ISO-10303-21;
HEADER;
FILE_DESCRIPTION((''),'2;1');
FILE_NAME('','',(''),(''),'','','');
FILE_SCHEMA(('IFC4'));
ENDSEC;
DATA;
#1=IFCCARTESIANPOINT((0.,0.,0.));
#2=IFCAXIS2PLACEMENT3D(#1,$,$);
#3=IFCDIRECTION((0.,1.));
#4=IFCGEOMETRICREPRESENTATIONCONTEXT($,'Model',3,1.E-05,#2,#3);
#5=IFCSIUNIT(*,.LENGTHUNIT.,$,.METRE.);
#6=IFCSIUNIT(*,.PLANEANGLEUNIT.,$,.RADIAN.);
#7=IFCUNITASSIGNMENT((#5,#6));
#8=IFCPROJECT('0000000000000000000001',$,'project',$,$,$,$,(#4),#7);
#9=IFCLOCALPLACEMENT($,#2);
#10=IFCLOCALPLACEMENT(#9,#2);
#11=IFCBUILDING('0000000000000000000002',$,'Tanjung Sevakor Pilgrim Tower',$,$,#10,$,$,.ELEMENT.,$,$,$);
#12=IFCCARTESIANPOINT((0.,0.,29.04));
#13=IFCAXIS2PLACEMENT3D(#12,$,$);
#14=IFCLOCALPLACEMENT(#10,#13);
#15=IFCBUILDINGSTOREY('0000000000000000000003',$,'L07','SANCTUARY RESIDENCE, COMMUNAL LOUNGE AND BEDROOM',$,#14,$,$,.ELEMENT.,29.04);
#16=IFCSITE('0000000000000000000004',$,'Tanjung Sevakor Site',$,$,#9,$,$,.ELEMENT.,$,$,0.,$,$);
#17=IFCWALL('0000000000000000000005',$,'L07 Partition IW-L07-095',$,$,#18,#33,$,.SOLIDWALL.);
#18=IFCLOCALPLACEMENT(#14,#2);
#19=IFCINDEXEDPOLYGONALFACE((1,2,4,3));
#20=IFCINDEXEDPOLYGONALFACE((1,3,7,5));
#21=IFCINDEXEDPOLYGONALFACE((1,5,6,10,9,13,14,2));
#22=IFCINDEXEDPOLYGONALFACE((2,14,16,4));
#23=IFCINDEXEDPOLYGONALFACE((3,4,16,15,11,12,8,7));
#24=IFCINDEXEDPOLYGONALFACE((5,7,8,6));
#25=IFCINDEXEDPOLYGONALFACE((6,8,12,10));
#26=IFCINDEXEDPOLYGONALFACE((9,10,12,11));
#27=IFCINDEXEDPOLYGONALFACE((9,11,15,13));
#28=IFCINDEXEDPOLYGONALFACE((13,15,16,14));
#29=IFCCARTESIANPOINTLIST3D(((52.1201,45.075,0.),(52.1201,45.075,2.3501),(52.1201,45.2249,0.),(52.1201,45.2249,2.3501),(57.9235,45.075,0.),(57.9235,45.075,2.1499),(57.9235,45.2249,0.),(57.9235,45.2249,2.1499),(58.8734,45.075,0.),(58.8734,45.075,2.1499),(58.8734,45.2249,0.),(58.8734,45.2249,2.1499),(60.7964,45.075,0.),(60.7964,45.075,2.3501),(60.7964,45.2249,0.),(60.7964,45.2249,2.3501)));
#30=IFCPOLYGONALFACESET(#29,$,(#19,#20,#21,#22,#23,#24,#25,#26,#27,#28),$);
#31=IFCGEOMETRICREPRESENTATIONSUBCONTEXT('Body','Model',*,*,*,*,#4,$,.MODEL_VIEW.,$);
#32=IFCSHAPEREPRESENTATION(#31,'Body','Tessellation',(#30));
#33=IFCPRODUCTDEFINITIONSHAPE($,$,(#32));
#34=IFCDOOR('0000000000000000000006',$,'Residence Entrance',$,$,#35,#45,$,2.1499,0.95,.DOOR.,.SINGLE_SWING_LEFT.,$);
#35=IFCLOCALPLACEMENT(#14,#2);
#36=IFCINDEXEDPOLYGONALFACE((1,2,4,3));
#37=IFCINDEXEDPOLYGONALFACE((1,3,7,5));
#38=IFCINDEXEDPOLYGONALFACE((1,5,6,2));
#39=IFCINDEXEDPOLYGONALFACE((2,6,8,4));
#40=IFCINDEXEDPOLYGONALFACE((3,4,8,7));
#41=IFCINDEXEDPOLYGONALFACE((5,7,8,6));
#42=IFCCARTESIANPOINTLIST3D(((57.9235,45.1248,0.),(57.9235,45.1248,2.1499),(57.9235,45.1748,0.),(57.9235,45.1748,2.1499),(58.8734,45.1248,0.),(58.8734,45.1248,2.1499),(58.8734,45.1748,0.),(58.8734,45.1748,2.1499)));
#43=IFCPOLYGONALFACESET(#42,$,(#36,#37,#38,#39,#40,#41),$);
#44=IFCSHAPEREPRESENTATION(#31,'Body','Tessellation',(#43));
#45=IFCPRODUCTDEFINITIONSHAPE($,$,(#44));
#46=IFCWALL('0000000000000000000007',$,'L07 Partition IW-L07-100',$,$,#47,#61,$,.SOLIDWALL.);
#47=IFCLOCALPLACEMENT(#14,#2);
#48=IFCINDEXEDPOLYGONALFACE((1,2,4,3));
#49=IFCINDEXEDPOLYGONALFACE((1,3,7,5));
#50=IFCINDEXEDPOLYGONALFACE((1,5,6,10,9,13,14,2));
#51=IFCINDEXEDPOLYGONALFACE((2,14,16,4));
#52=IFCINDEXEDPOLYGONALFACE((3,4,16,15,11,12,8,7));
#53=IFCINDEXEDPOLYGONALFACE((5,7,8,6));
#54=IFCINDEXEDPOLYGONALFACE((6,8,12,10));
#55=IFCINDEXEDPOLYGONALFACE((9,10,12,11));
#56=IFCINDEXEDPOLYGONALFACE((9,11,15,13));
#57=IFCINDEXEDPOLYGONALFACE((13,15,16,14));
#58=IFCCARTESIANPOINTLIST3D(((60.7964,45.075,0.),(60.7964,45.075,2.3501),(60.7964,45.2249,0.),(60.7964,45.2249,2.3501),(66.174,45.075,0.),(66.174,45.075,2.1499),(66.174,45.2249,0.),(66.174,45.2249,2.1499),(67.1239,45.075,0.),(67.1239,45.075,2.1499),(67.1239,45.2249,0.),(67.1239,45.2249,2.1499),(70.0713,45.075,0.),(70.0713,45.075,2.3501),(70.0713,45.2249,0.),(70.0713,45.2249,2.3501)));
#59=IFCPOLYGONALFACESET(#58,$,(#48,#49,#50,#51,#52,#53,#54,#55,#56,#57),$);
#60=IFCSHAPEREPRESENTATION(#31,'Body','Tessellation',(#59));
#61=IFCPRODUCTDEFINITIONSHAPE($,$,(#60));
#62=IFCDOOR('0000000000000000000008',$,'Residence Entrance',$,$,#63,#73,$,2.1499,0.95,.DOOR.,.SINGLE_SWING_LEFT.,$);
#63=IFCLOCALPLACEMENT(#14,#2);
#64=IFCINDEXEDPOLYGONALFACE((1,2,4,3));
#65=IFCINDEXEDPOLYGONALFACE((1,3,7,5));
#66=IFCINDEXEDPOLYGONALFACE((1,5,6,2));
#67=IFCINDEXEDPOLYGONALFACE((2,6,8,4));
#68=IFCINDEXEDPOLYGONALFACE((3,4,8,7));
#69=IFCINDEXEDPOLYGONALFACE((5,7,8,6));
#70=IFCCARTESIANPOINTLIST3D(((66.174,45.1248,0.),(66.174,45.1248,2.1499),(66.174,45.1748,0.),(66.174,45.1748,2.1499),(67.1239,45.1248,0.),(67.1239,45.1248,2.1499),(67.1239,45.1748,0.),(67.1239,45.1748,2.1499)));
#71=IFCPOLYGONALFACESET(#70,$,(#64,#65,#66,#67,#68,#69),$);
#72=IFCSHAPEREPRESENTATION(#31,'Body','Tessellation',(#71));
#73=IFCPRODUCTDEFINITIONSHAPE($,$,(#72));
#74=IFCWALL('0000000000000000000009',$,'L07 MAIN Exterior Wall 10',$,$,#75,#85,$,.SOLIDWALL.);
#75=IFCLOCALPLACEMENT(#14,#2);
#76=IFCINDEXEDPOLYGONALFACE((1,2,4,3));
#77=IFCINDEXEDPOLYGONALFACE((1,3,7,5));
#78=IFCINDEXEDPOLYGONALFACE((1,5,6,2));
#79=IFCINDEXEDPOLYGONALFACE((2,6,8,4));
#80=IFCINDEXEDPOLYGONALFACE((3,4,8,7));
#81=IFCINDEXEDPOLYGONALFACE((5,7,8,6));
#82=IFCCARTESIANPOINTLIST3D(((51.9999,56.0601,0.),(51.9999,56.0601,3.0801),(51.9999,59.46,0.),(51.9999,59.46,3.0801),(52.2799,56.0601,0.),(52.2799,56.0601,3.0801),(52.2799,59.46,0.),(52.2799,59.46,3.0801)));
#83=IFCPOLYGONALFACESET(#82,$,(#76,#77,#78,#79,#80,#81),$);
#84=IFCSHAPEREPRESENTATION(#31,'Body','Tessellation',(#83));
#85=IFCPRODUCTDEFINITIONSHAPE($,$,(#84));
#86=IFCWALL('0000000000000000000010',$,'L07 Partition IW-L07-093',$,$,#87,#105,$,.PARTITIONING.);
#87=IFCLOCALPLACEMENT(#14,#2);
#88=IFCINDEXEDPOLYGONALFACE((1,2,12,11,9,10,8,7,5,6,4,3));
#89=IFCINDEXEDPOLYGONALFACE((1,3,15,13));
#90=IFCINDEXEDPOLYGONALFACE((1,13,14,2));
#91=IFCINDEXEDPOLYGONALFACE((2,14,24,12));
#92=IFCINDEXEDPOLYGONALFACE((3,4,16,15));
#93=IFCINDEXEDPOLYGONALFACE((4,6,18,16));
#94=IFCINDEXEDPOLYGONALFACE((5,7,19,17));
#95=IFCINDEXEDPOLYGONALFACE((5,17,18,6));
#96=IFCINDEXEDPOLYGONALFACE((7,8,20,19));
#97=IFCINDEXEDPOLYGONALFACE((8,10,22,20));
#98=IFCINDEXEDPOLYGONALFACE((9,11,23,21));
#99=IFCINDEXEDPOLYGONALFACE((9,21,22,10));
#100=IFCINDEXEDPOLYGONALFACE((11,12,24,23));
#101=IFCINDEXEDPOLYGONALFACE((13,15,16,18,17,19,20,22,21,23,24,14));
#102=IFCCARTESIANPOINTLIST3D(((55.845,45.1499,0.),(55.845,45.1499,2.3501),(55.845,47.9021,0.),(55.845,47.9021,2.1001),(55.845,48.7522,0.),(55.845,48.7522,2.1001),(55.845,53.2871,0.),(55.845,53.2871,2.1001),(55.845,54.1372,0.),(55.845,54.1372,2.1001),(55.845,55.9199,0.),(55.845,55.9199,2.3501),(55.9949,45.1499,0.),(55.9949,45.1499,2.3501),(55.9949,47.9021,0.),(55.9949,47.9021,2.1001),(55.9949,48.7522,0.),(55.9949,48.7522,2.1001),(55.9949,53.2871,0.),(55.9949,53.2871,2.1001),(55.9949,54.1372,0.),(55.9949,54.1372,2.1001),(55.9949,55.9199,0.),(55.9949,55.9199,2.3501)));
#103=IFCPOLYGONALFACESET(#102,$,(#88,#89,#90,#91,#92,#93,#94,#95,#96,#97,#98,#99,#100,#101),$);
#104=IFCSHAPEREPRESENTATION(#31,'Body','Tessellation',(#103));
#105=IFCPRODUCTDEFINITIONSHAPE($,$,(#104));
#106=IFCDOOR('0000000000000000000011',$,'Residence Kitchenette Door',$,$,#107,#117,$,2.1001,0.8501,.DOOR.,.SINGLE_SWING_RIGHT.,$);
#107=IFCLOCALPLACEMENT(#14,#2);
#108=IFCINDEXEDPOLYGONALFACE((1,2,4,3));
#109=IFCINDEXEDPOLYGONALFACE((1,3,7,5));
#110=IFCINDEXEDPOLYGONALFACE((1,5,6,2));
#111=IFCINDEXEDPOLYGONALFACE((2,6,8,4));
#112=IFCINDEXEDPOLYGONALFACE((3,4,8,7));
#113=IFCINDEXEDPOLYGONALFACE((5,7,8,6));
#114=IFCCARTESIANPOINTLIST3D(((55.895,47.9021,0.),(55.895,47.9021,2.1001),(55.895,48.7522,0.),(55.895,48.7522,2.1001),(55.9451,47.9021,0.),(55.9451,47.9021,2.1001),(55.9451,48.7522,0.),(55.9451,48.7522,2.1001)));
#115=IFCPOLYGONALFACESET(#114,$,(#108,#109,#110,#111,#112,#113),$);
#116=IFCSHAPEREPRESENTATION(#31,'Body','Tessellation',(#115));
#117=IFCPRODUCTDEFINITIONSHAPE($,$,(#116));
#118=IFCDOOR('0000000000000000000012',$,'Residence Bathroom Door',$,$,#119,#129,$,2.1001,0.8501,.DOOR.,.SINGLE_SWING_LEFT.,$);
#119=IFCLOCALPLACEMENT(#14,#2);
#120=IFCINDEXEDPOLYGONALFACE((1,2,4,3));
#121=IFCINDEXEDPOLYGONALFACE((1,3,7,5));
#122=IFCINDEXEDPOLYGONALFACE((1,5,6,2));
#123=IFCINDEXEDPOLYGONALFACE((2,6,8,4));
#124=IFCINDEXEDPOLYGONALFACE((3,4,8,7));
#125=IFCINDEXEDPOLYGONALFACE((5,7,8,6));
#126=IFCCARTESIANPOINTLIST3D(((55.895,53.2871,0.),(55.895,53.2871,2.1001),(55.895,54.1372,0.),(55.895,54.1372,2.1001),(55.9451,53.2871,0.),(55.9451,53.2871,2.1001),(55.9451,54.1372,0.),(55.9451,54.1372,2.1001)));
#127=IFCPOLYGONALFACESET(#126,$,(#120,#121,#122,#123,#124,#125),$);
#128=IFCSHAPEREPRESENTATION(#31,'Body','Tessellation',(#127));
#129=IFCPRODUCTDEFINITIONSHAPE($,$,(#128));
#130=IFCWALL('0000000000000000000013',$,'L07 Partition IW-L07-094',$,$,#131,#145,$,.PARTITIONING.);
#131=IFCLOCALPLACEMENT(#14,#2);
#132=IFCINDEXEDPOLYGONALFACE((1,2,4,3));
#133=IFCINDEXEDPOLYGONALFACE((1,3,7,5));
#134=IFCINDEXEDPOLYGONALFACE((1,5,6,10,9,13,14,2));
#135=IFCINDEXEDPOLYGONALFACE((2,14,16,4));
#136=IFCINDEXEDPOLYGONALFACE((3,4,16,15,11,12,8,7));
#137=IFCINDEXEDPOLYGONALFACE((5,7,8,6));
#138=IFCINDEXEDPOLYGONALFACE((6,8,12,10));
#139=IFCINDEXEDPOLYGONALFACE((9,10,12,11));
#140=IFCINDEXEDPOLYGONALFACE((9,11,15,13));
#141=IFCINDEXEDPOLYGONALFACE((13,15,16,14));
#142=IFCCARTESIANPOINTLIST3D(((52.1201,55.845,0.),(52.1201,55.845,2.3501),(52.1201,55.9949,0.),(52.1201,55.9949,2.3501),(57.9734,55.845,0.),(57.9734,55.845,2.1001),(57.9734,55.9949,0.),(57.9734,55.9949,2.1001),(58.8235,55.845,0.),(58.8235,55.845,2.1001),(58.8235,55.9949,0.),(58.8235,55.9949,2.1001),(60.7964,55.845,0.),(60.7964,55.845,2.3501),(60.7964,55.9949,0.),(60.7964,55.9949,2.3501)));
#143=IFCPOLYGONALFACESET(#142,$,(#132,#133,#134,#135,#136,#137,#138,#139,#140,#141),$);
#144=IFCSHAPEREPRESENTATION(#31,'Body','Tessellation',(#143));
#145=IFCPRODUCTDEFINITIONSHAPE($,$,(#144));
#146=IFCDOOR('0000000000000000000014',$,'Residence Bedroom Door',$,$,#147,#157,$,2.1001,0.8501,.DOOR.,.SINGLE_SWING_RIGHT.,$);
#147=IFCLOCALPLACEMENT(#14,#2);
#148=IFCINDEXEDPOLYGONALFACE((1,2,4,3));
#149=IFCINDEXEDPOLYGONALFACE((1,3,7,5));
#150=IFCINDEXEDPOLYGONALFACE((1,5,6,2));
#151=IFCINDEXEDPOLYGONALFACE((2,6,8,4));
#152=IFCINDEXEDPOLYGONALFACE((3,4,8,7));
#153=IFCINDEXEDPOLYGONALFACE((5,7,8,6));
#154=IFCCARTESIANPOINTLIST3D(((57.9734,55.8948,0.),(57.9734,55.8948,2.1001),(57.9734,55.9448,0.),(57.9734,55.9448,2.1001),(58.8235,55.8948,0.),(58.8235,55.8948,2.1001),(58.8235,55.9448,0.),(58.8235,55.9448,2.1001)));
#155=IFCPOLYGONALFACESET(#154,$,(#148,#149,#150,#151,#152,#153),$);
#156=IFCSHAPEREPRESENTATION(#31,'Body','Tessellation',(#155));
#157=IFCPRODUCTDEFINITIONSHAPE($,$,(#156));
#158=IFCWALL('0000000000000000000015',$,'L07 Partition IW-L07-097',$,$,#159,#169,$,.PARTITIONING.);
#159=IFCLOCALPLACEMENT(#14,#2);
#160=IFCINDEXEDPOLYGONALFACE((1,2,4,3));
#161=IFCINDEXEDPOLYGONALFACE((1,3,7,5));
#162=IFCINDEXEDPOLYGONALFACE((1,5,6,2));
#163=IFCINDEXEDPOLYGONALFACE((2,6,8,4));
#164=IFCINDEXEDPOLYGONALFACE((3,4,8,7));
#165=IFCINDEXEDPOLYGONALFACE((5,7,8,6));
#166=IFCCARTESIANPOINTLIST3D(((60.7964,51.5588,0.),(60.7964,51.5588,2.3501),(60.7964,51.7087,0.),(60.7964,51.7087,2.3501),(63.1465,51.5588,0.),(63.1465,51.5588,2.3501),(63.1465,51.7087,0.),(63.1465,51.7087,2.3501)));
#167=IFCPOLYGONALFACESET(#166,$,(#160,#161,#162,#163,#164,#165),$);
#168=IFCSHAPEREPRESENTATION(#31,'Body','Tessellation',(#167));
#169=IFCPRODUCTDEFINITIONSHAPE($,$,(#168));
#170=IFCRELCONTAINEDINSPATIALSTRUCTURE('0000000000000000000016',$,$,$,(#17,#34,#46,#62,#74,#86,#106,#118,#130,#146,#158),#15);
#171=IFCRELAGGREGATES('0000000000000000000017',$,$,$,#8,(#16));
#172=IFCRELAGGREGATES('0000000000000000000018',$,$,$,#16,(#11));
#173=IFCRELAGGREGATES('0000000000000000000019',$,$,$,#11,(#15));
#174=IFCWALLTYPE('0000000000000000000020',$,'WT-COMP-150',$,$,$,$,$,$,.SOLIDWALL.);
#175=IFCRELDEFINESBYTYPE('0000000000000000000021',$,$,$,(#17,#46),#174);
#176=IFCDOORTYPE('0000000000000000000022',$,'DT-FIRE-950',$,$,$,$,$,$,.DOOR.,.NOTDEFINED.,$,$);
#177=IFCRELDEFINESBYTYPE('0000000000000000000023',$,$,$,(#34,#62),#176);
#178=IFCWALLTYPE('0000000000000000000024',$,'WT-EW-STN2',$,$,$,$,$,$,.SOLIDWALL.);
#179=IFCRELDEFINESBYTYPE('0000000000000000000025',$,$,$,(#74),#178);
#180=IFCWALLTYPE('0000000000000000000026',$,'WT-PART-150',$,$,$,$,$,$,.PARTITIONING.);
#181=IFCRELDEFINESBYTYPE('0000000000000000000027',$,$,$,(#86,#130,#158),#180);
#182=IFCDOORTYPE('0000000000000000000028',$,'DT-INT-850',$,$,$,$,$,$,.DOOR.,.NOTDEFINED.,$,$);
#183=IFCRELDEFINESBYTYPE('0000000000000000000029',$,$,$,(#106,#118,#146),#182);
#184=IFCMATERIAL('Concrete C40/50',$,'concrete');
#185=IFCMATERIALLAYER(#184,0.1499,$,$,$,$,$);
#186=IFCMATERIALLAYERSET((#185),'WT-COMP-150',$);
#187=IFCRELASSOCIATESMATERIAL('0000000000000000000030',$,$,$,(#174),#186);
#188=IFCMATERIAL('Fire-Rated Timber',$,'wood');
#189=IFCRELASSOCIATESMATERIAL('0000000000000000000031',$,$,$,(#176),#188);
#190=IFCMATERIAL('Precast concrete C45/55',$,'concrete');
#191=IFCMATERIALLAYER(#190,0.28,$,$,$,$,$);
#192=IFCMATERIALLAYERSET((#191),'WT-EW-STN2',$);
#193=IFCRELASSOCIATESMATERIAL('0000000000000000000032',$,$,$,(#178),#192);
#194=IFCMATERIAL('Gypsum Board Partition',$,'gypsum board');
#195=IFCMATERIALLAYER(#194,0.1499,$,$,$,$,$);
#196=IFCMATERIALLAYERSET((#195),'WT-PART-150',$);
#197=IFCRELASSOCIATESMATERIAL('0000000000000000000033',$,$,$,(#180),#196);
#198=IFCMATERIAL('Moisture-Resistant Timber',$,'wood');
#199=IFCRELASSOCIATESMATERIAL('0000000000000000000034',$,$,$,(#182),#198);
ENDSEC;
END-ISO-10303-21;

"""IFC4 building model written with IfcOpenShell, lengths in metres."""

from ifc_helpers import new_model, si_unit, direction, frame, frame_2d, origin, place, context, subcontext, project, spatial, rectangle, extrude, material, layer, layer_set, type_object, element, fill, save


model = new_model("IFC4")

# Units and contexts
model_context = context("Model", 3, precision=1e-05, world=origin(), true_north=direction((0.0, 1.0)))
body_context = subcontext(model_context, "Body", "Model", "MODEL_VIEW")
ifc_project = project(units=[si_unit("LENGTHUNIT", "METRE"), si_unit("PLANEANGLEUNIT", "RADIAN")], contexts=[model_context])

# Site, building, storey
site_placement = place(None, origin())
site = spatial("IfcSite", under=ifc_project, at=site_placement, Name="Tanjung Sevakor Site", CompositionType="ELEMENT", RefElevation=0.0)
building_placement = place(site_placement, origin())
building = spatial("IfcBuilding", under=site, at=building_placement, Name="Tanjung Sevakor Pilgrim Tower", CompositionType="ELEMENT")
storey_placement = place(building_placement, frame((0.0, 0.0, 29.04)))
storey = spatial("IfcBuildingStorey", under=building, at=storey_placement, Name="L07", Description="SANCTUARY RESIDENCE, COMMUNAL LOUNGE AND BEDROOM", CompositionType="ELEMENT", Elevation=29.04)

# Shared definitions
ifc_material_1 = material(Name="Concrete C40/50", Category="concrete")
ifc_layer_1 = layer(ifc_material_1, 0.1499)
ifc_layer_set_1 = layer_set([ifc_layer_1], Name="WT-COMP-150")
wall_type_1 = type_object("IfcWallType", Name="WT-COMP-150", PredefinedType="SOLIDWALL", material=ifc_layer_set_1)

# Walls, openings, doors
wall_1_placement = place(storey_placement, frame((52.1201, 45.1499, 0.0), z_axis=(0.0, 0.0, 1.0), x_axis=(1.0, 0.0, 0.0)))
wall_1 = element("IfcWall", 1, at=wall_1_placement, inside=storey, type_object=wall_type_1, Name="L07 Partition IW-L07-095", PredefinedType="SOLIDWALL", context=body_context, shape_type="SweptSolid", body=[
    extrude(rectangle(XDim=8.6763, YDim=0.1499, at=frame_2d((4.3381, 0.0))), origin(), (0.0, 0.0, 1.0), 2.3501),
])
opening_1_placement = place(wall_1_placement, frame((5.8032, 0.0, 0.0)))
opening_1 = element("IfcOpeningElement", 2, at=opening_1_placement, cuts=wall_1, PredefinedType="OPENING", context=body_context, shape_type="SweptSolid", body=[
    extrude(rectangle(XDim=0.95, YDim=2.1499, at=frame_2d((0.4751, 1.075))), frame((0.0, 0.085, 0.0), z_axis=(0.0, -1.0, 0.0), x_axis=(1.0, 0.0, 0.0)), (0.0, 0.0, 1.0), 0.1699),
])
ifc_material_2 = material(Name="Fire-Rated Timber", Category="wood")
door_type_1 = type_object("IfcDoorType", Name="DT-FIRE-950", OperationType="NOTDEFINED", PredefinedType="DOOR", material=ifc_material_2)
door_1_placement = place(opening_1_placement, origin())
door_1 = element("IfcDoor", 3, at=door_1_placement, inside=storey, type_object=door_type_1, Name="Residence Entrance", OperationType="SINGLE_SWING_LEFT", OverallHeight=2.1499, OverallWidth=0.95, PredefinedType="DOOR", context=body_context, shape_type="SweptSolid", body=[
    extrude(rectangle(XDim=0.95, YDim=2.1499, at=frame_2d((0.4751, 1.075))), frame((0.0, 0.0249, 0.0), z_axis=(0.0, -1.0, 0.0), x_axis=(1.0, 0.0, 0.0)), (0.0, 0.0, 1.0), 0.05),
])
fill(opening_1, door_1)
wall_2_placement = place(storey_placement, frame((60.7964, 45.1499, 0.0), z_axis=(0.0, 0.0, 1.0), x_axis=(1.0, 0.0, 0.0)))
wall_2 = element("IfcWall", 4, at=wall_2_placement, inside=storey, type_object=wall_type_1, Name="L07 Partition IW-L07-100", PredefinedType="SOLIDWALL", context=body_context, shape_type="SweptSolid", body=[
    extrude(rectangle(XDim=9.2749, YDim=0.1499, at=frame_2d((4.6375, 0.0))), origin(), (0.0, 0.0, 1.0), 2.3501),
])
opening_2_placement = place(wall_2_placement, frame((5.3774, 0.0, 0.0)))
opening_2 = element("IfcOpeningElement", 5, at=opening_2_placement, cuts=wall_2, PredefinedType="OPENING", context=body_context, shape_type="SweptSolid", body=[
    extrude(rectangle(XDim=0.95, YDim=2.1499, at=frame_2d((0.4751, 1.075))), frame((0.0, 0.085, 0.0), z_axis=(0.0, -1.0, 0.0), x_axis=(1.0, 0.0, 0.0)), (0.0, 0.0, 1.0), 0.1699),
])
door_2_placement = place(opening_2_placement, origin())
door_2 = element("IfcDoor", 6, at=door_2_placement, inside=storey, type_object=door_type_1, Name="Residence Entrance", OperationType="SINGLE_SWING_LEFT", OverallHeight=2.1499, OverallWidth=0.95, PredefinedType="DOOR", context=body_context, shape_type="SweptSolid", body=[
    extrude(rectangle(XDim=0.95, YDim=2.1499, at=frame_2d((0.4751, 1.075))), frame((0.0, 0.0249, 0.0), z_axis=(0.0, -1.0, 0.0), x_axis=(1.0, 0.0, 0.0)), (0.0, 0.0, 1.0), 0.05),
])
fill(opening_2, door_2)

# Wall
ifc_material_3 = material(Name="Precast concrete C45/55", Category="concrete")
ifc_layer_2 = layer(ifc_material_3, 0.28)
ifc_layer_set_2 = layer_set([ifc_layer_2], Name="WT-EW-STN2")
wall_type_2 = type_object("IfcWallType", Name="WT-EW-STN2", PredefinedType="SOLIDWALL", material=ifc_layer_set_2)
wall_3_placement = place(storey_placement, frame((52.1399, 59.46, 0.0), z_axis=(0.0, 0.0, 1.0), x_axis=(0.0, -1.0, 0.0)))
element("IfcWall", 7, at=wall_3_placement, inside=storey, type_object=wall_type_2, Name="L07 MAIN Exterior Wall 10", PredefinedType="SOLIDWALL", context=body_context, shape_type="SweptSolid", body=[
    extrude(rectangle(XDim=3.3999, YDim=0.28, at=frame_2d((1.7, 0.0))), origin(), (0.0, 0.0, 1.0), 3.0801),
])

# Wall, openings, doors
ifc_material_4 = material(Name="Gypsum Board Partition", Category="gypsum board")
ifc_layer_3 = layer(ifc_material_4, 0.1499)
ifc_layer_set_3 = layer_set([ifc_layer_3], Name="WT-PART-150")
wall_type_3 = type_object("IfcWallType", Name="WT-PART-150", PredefinedType="PARTITIONING", material=ifc_layer_set_3)
wall_4_placement = place(storey_placement, frame((55.9199, 45.1499, 0.0), z_axis=(0.0, 0.0, 1.0), x_axis=(0.0, 1.0, 0.0)))
wall_4 = element("IfcWall", 8, at=wall_4_placement, inside=storey, type_object=wall_type_3, Name="L07 Partition IW-L07-093", PredefinedType="PARTITIONING", context=body_context, shape_type="SweptSolid", body=[
    extrude(rectangle(XDim=10.77, YDim=0.1499, at=frame_2d((5.385, 0.0))), origin(), (0.0, 0.0, 1.0), 2.3501),
])
opening_3_placement = place(wall_4_placement, frame((2.7522, 0.0, 0.0)))
opening_3 = element("IfcOpeningElement", 9, at=opening_3_placement, cuts=wall_4, PredefinedType="OPENING", context=body_context, shape_type="SweptSolid", body=[
    extrude(rectangle(XDim=0.8501, YDim=2.1001, at=frame_2d((0.425, 1.05))), frame((0.0, 0.085, 0.0), z_axis=(0.0, -1.0, 0.0), x_axis=(1.0, 0.0, 0.0)), (0.0, 0.0, 1.0), 0.1699),
])
opening_4_placement = place(wall_4_placement, frame((8.1372, 0.0, 0.0)))
opening_4 = element("IfcOpeningElement", 10, at=opening_4_placement, cuts=wall_4, PredefinedType="OPENING", context=body_context, shape_type="SweptSolid", body=[
    extrude(rectangle(XDim=0.8501, YDim=2.1001, at=frame_2d((0.425, 1.05))), frame((0.0, 0.085, 0.0), z_axis=(0.0, -1.0, 0.0), x_axis=(1.0, 0.0, 0.0)), (0.0, 0.0, 1.0), 0.1699),
])
ifc_material_5 = material(Name="Moisture-Resistant Timber", Category="wood")
door_type_2 = type_object("IfcDoorType", Name="DT-INT-850", OperationType="NOTDEFINED", PredefinedType="DOOR", material=ifc_material_5)
door_3_placement = place(opening_3_placement, origin())
door_3 = element("IfcDoor", 11, at=door_3_placement, inside=storey, type_object=door_type_2, Name="Residence Kitchenette Door", OperationType="SINGLE_SWING_RIGHT", OverallHeight=2.1001, OverallWidth=0.8501, PredefinedType="DOOR", context=body_context, shape_type="SweptSolid", body=[
    extrude(rectangle(XDim=0.8501, YDim=2.1001, at=frame_2d((0.425, 1.05))), frame((0.0, 0.0249, 0.0), z_axis=(0.0, -1.0, 0.0), x_axis=(1.0, 0.0, 0.0)), (0.0, 0.0, 1.0), 0.05),
])
fill(opening_3, door_3)
door_4_placement = place(opening_4_placement, origin())
door_4 = element("IfcDoor", 12, at=door_4_placement, inside=storey, type_object=door_type_2, Name="Residence Bathroom Door", OperationType="SINGLE_SWING_LEFT", OverallHeight=2.1001, OverallWidth=0.8501, PredefinedType="DOOR", context=body_context, shape_type="SweptSolid", body=[
    extrude(rectangle(XDim=0.8501, YDim=2.1001, at=frame_2d((0.425, 1.05))), frame((0.0, 0.0249, 0.0), z_axis=(0.0, -1.0, 0.0), x_axis=(1.0, 0.0, 0.0)), (0.0, 0.0, 1.0), 0.05),
])
fill(opening_4, door_4)

# Wall, opening, door
wall_5_placement = place(storey_placement, frame((52.1201, 55.9199, 0.0), z_axis=(0.0, 0.0, 1.0), x_axis=(1.0, 0.0, 0.0)))
wall_5 = element("IfcWall", 13, at=wall_5_placement, inside=storey, type_object=wall_type_3, Name="L07 Partition IW-L07-094", PredefinedType="PARTITIONING", context=body_context, shape_type="SweptSolid", body=[
    extrude(rectangle(XDim=8.6763, YDim=0.1499, at=frame_2d((4.3381, 0.0))), origin(), (0.0, 0.0, 1.0), 2.3501),
])
opening_5_placement = place(wall_5_placement, frame((5.8533, 0.0, 0.0)))
opening_5 = element("IfcOpeningElement", 14, at=opening_5_placement, cuts=wall_5, PredefinedType="OPENING", context=body_context, shape_type="SweptSolid", body=[
    extrude(rectangle(XDim=0.8501, YDim=2.1001, at=frame_2d((0.425, 1.05))), frame((0.0, 0.085, 0.0), z_axis=(0.0, -1.0, 0.0), x_axis=(1.0, 0.0, 0.0)), (0.0, 0.0, 1.0), 0.1699),
])
door_5_placement = place(opening_5_placement, origin())
door_5 = element("IfcDoor", 15, at=door_5_placement, inside=storey, type_object=door_type_2, Name="Residence Bedroom Door", OperationType="SINGLE_SWING_RIGHT", OverallHeight=2.1001, OverallWidth=0.8501, PredefinedType="DOOR", context=body_context, shape_type="SweptSolid", body=[
    extrude(rectangle(XDim=0.8501, YDim=2.1001, at=frame_2d((0.425, 1.05))), frame((0.0, 0.0249, 0.0), z_axis=(0.0, -1.0, 0.0), x_axis=(1.0, 0.0, 0.0)), (0.0, 0.0, 1.0), 0.05),
])
fill(opening_5, door_5)

# Wall
wall_6_placement = place(storey_placement, frame((60.7964, 51.6338, 0.0), z_axis=(0.0, 0.0, 1.0), x_axis=(1.0, 0.0, 0.0)))
element("IfcWall", 16, at=wall_6_placement, inside=storey, type_object=wall_type_3, Name="L07 Partition IW-L07-097", PredefinedType="PARTITIONING", context=body_context, shape_type="SweptSolid", body=[
    extrude(rectangle(XDim=2.3501, YDim=0.1499, at=frame_2d((1.175, 0.0))), origin(), (0.0, 0.0, 1.0), 2.3501),
])

save(model, "model.ifc")
